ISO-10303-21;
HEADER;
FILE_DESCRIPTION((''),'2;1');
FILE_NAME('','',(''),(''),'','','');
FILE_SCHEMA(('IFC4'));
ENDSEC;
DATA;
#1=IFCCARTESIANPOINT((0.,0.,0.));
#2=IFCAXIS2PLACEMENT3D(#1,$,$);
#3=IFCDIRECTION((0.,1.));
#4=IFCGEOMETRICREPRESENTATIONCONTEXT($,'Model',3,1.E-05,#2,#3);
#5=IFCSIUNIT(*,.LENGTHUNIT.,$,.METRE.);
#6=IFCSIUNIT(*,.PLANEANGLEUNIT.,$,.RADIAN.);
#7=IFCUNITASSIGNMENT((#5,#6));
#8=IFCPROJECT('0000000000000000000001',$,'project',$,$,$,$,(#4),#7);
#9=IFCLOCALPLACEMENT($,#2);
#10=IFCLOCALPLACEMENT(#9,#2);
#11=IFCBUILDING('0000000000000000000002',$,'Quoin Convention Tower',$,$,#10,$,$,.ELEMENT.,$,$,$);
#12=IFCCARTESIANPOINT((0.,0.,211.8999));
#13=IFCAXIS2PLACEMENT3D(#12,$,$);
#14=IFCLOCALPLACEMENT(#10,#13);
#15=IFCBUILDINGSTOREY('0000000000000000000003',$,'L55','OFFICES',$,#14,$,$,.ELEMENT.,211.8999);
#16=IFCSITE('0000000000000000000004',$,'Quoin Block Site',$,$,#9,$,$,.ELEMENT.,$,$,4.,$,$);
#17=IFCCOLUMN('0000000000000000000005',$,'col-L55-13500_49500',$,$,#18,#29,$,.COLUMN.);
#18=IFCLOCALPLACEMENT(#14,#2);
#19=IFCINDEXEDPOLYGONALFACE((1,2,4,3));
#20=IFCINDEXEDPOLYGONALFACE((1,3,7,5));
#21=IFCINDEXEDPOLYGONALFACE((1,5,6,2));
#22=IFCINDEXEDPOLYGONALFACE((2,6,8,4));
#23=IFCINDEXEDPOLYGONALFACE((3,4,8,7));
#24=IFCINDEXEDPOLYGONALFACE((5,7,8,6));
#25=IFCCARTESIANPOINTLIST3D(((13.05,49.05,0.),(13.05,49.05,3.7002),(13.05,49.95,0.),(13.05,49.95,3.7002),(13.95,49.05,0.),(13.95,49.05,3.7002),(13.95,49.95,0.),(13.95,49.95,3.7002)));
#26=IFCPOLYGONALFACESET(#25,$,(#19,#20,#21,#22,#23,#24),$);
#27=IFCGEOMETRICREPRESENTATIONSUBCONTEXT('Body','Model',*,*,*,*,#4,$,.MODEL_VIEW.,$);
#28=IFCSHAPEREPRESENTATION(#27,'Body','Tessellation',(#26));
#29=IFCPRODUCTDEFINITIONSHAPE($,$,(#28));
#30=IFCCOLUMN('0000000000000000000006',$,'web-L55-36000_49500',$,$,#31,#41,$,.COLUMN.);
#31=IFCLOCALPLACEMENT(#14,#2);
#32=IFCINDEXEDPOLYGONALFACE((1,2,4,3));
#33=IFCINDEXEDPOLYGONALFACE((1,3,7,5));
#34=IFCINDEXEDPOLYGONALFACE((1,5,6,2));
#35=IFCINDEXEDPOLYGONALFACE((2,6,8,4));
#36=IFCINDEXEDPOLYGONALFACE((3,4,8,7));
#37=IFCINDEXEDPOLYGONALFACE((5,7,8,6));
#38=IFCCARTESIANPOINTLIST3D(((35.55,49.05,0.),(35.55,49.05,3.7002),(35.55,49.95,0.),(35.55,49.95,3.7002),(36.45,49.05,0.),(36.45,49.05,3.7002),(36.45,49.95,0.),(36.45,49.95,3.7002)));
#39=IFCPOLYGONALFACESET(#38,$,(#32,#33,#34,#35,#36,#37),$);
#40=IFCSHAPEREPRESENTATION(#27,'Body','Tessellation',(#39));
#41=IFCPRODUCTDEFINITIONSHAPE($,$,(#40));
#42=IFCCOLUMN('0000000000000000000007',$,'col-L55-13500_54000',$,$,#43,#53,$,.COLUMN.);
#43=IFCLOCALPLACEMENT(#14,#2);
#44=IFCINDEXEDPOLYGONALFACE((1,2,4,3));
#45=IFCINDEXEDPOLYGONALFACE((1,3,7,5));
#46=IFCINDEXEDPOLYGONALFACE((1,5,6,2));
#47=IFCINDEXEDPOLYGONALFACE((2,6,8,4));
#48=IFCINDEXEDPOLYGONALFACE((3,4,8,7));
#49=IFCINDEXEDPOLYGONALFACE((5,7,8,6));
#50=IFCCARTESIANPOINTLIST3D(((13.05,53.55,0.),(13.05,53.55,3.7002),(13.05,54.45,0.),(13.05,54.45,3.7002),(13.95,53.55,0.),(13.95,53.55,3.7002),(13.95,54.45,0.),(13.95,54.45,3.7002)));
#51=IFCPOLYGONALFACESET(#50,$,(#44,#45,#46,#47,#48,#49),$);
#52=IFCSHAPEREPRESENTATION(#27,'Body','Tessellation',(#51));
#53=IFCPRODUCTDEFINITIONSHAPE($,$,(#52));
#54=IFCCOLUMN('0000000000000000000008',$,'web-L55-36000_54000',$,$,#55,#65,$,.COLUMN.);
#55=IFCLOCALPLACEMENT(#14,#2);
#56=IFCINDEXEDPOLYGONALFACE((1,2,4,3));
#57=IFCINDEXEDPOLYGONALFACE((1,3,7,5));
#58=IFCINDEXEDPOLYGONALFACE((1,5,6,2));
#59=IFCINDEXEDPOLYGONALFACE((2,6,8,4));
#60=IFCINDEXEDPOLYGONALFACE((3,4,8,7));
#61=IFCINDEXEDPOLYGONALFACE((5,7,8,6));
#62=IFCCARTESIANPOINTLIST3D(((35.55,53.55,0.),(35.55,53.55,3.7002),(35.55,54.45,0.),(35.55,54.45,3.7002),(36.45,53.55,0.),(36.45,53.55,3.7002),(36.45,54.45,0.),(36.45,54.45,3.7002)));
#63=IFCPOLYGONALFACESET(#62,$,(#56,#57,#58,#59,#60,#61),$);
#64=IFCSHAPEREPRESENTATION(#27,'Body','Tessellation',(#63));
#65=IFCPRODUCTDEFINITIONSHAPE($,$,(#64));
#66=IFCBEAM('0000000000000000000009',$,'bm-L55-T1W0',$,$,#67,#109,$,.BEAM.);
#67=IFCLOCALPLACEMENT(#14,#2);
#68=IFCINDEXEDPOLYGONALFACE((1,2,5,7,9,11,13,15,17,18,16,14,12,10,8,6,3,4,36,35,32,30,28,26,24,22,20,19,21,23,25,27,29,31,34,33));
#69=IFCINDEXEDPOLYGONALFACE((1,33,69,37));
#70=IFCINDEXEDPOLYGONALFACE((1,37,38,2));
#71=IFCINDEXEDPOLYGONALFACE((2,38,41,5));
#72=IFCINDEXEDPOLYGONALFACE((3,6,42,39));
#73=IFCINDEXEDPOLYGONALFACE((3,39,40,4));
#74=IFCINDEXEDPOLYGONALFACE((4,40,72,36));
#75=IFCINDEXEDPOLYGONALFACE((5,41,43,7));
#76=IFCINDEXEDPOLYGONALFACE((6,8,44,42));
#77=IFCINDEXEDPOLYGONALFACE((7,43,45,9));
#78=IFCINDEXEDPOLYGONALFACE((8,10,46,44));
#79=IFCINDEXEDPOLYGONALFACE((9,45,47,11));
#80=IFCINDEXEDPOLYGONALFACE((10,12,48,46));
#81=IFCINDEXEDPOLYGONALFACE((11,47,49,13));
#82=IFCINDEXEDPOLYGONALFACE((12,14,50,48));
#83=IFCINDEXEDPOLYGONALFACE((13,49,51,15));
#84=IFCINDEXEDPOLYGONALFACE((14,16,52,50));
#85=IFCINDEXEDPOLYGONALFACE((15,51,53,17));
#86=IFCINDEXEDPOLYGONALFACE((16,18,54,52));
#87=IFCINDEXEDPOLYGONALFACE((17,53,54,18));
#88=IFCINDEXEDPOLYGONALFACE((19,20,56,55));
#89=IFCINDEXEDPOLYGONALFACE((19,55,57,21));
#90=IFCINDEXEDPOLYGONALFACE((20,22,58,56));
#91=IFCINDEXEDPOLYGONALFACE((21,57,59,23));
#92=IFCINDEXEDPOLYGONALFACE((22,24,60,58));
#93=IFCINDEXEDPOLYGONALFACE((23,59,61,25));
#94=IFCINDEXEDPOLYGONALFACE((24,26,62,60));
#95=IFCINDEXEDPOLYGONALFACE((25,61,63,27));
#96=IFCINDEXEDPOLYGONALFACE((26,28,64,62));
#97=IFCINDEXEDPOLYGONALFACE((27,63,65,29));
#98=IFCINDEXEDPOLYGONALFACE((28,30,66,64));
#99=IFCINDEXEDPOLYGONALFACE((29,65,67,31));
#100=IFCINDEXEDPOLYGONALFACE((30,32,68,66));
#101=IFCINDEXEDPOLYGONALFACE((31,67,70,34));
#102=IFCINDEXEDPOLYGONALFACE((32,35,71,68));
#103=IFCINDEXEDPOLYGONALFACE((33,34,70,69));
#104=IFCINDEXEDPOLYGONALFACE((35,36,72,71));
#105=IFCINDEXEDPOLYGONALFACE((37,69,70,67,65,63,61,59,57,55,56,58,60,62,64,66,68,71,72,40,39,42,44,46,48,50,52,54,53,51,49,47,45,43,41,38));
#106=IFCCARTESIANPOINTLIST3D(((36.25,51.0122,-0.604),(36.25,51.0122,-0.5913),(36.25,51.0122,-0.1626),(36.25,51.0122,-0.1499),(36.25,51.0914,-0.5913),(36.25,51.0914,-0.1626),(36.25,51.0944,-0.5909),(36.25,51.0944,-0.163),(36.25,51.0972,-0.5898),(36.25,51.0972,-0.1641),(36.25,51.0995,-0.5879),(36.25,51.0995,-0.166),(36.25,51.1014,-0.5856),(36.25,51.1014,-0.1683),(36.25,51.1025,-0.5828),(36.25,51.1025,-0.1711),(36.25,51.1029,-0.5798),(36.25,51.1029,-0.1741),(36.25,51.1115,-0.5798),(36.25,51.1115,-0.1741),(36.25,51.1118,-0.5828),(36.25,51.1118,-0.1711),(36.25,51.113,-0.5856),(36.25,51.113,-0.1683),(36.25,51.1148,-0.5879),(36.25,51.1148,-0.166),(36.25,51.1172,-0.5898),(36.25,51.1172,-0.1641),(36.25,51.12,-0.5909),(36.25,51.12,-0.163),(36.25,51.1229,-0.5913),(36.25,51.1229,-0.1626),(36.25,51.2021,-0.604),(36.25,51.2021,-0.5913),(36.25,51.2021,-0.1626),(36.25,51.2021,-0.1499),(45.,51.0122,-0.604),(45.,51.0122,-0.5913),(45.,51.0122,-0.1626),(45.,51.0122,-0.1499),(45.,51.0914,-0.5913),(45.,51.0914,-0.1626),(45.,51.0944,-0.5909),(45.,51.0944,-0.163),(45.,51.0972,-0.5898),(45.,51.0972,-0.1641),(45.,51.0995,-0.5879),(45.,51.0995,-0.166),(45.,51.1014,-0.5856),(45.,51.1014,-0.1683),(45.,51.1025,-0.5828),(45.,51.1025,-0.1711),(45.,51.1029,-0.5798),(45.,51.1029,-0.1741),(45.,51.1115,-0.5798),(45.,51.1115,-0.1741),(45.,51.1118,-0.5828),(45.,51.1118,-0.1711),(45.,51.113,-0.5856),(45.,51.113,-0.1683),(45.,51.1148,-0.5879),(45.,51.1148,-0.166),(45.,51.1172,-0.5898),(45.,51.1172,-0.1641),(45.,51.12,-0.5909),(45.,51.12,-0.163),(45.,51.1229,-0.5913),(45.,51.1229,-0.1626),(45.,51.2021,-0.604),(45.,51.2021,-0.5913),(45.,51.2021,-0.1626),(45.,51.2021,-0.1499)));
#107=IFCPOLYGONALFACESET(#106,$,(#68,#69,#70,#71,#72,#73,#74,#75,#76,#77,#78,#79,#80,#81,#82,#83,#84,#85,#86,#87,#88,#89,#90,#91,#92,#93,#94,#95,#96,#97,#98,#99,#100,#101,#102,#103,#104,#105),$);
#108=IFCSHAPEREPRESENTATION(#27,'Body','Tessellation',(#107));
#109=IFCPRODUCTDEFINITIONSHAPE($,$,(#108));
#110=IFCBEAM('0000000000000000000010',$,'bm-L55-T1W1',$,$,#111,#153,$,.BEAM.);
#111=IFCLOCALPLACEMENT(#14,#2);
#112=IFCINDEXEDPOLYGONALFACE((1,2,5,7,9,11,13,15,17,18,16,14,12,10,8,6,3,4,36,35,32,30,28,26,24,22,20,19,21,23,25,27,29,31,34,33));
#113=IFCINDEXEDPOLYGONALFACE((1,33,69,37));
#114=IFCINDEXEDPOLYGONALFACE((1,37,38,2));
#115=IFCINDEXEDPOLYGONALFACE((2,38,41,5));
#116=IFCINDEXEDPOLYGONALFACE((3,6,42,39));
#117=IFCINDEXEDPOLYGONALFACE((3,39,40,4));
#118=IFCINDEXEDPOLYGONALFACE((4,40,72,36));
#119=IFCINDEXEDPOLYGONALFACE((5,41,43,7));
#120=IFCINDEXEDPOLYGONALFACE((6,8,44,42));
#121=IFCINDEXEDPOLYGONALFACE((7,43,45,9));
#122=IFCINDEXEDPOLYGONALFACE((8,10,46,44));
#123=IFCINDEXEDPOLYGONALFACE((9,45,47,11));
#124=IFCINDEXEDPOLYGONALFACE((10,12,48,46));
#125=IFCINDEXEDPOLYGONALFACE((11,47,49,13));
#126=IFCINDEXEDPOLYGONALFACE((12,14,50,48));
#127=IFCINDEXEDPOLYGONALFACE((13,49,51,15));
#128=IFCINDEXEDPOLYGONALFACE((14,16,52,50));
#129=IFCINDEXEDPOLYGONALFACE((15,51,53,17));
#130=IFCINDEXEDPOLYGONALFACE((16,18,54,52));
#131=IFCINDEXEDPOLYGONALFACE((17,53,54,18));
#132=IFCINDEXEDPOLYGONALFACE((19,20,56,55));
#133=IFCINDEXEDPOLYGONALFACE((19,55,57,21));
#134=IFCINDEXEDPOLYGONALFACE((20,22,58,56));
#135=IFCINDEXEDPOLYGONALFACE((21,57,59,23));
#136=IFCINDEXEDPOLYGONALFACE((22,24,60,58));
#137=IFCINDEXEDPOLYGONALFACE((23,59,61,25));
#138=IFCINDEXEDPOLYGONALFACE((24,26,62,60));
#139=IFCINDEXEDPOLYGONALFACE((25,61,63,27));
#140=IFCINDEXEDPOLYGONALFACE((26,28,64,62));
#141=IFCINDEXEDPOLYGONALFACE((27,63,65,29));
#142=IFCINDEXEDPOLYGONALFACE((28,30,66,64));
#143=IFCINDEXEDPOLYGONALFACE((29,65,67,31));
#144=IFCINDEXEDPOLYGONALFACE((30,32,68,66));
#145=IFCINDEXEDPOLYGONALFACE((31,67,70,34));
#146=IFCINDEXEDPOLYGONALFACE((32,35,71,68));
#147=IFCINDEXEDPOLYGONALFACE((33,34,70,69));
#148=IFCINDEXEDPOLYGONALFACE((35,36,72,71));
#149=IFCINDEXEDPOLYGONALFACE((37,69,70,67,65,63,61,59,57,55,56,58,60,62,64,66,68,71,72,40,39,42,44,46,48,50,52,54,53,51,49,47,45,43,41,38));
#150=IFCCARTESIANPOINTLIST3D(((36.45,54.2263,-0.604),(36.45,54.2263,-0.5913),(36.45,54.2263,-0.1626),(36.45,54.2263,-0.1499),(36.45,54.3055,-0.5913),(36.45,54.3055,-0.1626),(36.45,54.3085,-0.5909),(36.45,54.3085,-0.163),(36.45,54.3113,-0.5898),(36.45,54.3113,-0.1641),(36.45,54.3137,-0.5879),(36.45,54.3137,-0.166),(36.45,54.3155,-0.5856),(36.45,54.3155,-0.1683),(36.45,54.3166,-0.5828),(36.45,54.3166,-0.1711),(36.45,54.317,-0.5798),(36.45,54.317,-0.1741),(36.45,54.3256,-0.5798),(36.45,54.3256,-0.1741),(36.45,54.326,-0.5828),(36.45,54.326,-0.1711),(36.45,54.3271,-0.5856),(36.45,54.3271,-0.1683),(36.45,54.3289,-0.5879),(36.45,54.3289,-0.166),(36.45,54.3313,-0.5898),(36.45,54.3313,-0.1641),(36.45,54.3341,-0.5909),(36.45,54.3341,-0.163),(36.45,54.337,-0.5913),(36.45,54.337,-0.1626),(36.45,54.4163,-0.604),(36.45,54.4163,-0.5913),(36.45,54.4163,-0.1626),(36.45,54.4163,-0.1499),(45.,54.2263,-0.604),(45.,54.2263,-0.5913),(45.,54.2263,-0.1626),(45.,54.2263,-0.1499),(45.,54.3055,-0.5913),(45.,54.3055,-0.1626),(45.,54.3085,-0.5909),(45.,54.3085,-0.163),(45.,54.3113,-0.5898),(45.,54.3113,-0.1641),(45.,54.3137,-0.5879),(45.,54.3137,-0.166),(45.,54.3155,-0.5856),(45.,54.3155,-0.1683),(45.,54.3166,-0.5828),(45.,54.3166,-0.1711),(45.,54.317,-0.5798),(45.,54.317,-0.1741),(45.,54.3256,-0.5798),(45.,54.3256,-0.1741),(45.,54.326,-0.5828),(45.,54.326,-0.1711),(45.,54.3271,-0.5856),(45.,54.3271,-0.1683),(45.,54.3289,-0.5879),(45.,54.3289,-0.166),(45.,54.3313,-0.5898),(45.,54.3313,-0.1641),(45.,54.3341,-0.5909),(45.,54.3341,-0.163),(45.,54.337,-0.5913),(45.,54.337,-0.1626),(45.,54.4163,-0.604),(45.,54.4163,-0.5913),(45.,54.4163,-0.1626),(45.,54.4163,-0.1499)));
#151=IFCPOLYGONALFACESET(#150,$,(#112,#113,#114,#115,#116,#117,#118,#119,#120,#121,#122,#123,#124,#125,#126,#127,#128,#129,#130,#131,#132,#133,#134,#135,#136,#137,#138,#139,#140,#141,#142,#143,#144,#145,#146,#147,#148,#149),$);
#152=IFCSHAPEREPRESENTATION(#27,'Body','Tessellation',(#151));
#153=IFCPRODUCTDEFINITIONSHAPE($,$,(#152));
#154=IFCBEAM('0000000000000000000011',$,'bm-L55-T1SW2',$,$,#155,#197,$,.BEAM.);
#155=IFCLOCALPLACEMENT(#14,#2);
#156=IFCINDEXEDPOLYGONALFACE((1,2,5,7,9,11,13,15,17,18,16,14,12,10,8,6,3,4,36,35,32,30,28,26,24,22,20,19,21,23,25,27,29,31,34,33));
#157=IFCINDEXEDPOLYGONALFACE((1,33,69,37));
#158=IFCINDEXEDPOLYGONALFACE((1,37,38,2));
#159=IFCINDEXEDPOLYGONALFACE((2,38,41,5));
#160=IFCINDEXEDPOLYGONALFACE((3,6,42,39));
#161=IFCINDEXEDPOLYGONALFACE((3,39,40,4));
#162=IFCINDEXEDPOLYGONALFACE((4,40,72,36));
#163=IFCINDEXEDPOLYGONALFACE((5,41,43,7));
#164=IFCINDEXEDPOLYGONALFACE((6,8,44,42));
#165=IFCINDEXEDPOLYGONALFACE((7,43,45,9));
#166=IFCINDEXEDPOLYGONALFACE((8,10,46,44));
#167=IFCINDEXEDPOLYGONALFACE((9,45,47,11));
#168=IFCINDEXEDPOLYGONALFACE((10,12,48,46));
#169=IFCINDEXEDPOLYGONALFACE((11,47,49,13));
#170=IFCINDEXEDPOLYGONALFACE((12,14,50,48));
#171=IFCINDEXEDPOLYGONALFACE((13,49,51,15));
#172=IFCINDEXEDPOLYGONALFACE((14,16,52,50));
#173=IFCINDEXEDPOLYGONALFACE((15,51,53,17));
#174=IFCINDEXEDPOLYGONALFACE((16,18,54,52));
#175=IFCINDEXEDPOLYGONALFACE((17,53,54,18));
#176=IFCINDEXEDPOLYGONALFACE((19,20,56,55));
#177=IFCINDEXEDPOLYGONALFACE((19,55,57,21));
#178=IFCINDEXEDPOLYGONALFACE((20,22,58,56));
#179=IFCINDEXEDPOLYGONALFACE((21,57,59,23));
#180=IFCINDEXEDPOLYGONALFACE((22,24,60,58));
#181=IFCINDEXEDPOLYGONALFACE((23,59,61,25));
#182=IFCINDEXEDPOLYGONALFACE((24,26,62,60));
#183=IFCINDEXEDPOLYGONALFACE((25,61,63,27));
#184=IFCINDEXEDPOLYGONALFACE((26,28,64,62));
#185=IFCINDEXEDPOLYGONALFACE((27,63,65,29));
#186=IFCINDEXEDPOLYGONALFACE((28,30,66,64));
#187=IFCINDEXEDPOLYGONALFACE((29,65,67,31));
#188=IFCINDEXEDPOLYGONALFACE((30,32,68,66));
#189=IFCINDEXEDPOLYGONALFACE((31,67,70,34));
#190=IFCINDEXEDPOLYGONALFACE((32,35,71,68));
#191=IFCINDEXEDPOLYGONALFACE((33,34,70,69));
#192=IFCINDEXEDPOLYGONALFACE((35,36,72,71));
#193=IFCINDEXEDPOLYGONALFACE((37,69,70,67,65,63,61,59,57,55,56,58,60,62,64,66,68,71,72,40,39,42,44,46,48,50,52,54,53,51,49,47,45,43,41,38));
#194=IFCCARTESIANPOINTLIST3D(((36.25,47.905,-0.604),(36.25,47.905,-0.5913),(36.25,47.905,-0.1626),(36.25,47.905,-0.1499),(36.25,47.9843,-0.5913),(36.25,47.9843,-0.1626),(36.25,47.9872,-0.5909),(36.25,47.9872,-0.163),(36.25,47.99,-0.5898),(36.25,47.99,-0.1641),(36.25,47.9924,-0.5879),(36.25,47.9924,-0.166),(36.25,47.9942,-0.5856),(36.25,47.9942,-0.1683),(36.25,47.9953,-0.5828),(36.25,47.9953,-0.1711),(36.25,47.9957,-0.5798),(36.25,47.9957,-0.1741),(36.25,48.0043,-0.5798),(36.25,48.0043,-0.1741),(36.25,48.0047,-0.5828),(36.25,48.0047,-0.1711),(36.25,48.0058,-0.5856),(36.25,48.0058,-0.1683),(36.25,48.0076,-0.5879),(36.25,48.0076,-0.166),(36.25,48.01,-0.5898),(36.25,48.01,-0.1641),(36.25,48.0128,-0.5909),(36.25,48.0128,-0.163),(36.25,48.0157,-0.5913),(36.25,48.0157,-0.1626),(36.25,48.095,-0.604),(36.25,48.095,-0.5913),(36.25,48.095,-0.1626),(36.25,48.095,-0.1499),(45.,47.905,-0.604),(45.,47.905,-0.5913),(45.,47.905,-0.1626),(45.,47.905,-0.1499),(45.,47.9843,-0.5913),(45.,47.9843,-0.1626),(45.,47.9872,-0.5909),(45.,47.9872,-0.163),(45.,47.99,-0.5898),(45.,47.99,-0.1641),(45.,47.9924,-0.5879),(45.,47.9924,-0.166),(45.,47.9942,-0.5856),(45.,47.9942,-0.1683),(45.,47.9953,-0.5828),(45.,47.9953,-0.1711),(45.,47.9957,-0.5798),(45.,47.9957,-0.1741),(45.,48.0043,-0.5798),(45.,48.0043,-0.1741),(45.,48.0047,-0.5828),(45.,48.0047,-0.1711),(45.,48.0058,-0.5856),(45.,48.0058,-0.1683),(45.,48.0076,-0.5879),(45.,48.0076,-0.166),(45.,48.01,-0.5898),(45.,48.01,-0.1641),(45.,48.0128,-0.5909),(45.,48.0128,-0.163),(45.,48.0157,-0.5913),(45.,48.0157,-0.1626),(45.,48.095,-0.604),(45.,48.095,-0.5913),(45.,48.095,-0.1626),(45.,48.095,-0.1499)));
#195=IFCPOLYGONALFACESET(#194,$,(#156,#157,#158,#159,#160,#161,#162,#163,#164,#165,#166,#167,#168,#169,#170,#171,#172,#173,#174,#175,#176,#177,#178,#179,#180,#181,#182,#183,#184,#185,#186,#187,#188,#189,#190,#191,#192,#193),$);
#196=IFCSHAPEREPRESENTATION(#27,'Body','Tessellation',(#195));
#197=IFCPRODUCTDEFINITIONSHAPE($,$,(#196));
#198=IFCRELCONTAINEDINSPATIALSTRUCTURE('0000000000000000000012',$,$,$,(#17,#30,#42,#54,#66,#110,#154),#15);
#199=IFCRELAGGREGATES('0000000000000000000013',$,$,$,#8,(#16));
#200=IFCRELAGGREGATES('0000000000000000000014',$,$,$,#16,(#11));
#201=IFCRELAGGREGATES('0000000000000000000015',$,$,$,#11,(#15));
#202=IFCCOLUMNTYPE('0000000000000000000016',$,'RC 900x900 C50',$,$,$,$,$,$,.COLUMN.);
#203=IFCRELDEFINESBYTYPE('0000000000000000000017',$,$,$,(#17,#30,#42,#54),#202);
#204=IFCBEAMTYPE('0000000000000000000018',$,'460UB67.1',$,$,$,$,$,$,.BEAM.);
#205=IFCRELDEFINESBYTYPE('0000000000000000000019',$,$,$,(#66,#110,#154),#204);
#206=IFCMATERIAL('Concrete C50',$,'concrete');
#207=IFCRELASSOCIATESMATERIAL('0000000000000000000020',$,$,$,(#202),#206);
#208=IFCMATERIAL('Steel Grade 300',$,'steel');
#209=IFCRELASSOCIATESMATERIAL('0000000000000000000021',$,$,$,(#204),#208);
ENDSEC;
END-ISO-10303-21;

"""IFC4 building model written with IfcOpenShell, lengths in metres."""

from ifc_helpers import new_model, si_unit, direction, frame, origin, origin_2d, place, context, subcontext, project, spatial, rectangle, i_section, extrude, material, material_profile, profile_set, type_object, element, save


model = new_model("IFC4")

# Units and contexts
model_context = context("Model", 3, precision=1e-05, world=origin(), true_north=direction((0.0, 1.0)))
body_context = subcontext(model_context, "Body", "Model", "MODEL_VIEW")
ifc_project = project(units=[si_unit("LENGTHUNIT", "METRE"), si_unit("PLANEANGLEUNIT", "RADIAN")], contexts=[model_context])

# Site, building, storey
site_placement = place(None, origin())
site = spatial("IfcSite", under=ifc_project, at=site_placement, Name="Quoin Block Site", CompositionType="ELEMENT", RefElevation=4.0)
building_placement = place(site_placement, origin())
building = spatial("IfcBuilding", under=site, at=building_placement, Name="Quoin Convention Tower", CompositionType="ELEMENT")
storey_placement = place(building_placement, frame((0.0, 0.0, 211.8999)))
storey = spatial("IfcBuildingStorey", under=building, at=storey_placement, Name="L55", Description="OFFICES", CompositionType="ELEMENT", Elevation=211.8999)

# Columns
ifc_material_1 = material(Name="Concrete C50", Category="concrete")
ifc_material_profile_1 = material_profile(ifc_material_1, rectangle(XDim=0.8999, YDim=0.8999, at=origin_2d()), Name="RC 900x900")
ifc_profile_set_1 = profile_set([ifc_material_profile_1], Name="Concrete C50")
column_type = type_object("IfcColumnType", Name="RC 900x900 C50", PredefinedType="COLUMN", material=ifc_profile_set_1)
for number, where, z_axis, x_axis, name in (
    (1, (13.5, 49.5, 0.0), (0.0, 0.0, 1.0), (1.0, 0.0, 0.0), "col-L55-13500_49500"),
    (2, (36.0, 49.5, 0.0), (0.0, 0.0, 1.0), (1.0, 0.0, 0.0), "web-L55-36000_49500"),
    (3, (13.5, 54.0, 0.0), (0.0, 0.0, 1.0), (1.0, 0.0, 0.0), "col-L55-13500_54000"),
    (4, (36.0, 54.0, 0.0), (0.0, 0.0, 1.0), (1.0, 0.0, 0.0), "web-L55-36000_54000"),
):
    element("IfcColumn", number, at=place(storey_placement, frame(where, z_axis=z_axis, x_axis=x_axis)), inside=storey, type_object=column_type, Name=name, PredefinedType="COLUMN", context=body_context, shape_type="SweptSolid", body=[
        extrude(rectangle(XDim=0.8999, YDim=0.8999, at=origin_2d()), origin(), (0.0, 0.0, 1.0), 3.7002),
    ])

# Beams
ifc_material_2 = material(Name="Steel Grade 300", Category="steel")
ifc_material_profile_2 = material_profile(ifc_material_2, i_section(OverallWidth=0.1899, OverallDepth=0.4541, WebThickness=0.0085, FlangeThickness=0.0127, FilletRadius=0.0115, at=origin_2d()), Name="460UB67.1")
ifc_profile_set_2 = profile_set([ifc_material_profile_2], Name="Steel Grade 300")
beam_type_1 = type_object("IfcBeamType", Name="460UB67.1", PredefinedType="BEAM", material=ifc_profile_set_2)
beam_1_placement = place(storey_placement, frame((36.25, 51.1072, -0.377), z_axis=(1.0, 0.0, 0.0), x_axis=(0.0, 1.0, 0.0)))
element("IfcBeam", 5, at=beam_1_placement, inside=storey, type_object=beam_type_1, Name="bm-L55-T1W0", PredefinedType="BEAM", context=body_context, shape_type="SweptSolid", body=[
    extrude(i_section(OverallWidth=0.1899, OverallDepth=0.4541, WebThickness=0.0085, FlangeThickness=0.0127, FilletRadius=0.0115, at=origin_2d()), origin(), (0.0, 0.0, 1.0), 8.75),
])
beam_2_placement = place(storey_placement, frame((36.45, 54.3213, -0.377), z_axis=(1.0, 0.0, 0.0), x_axis=(0.0, 1.0, 0.0)))
element("IfcBeam", 6, at=beam_2_placement, inside=storey, type_object=beam_type_1, Name="bm-L55-T1W1", PredefinedType="BEAM", context=body_context, shape_type="SweptSolid", body=[
    extrude(i_section(OverallWidth=0.1899, OverallDepth=0.4541, WebThickness=0.0085, FlangeThickness=0.0127, FilletRadius=0.0115, at=origin_2d()), origin(), (0.0, 0.0, 1.0), 8.55),
])
beam_3_placement = place(storey_placement, frame((36.25, 48.0, -0.377), z_axis=(1.0, 0.0, 0.0), x_axis=(0.0, 1.0, 0.0)))
element("IfcBeam", 7, at=beam_3_placement, inside=storey, type_object=beam_type_1, Name="bm-L55-T1SW2", PredefinedType="BEAM", context=body_context, shape_type="SweptSolid", body=[
    extrude(i_section(OverallWidth=0.1899, OverallDepth=0.4541, WebThickness=0.0085, FlangeThickness=0.0127, FilletRadius=0.0115, at=origin_2d()), origin(), (0.0, 0.0, 1.0), 8.75),
])

save(model, "model.ifc")
